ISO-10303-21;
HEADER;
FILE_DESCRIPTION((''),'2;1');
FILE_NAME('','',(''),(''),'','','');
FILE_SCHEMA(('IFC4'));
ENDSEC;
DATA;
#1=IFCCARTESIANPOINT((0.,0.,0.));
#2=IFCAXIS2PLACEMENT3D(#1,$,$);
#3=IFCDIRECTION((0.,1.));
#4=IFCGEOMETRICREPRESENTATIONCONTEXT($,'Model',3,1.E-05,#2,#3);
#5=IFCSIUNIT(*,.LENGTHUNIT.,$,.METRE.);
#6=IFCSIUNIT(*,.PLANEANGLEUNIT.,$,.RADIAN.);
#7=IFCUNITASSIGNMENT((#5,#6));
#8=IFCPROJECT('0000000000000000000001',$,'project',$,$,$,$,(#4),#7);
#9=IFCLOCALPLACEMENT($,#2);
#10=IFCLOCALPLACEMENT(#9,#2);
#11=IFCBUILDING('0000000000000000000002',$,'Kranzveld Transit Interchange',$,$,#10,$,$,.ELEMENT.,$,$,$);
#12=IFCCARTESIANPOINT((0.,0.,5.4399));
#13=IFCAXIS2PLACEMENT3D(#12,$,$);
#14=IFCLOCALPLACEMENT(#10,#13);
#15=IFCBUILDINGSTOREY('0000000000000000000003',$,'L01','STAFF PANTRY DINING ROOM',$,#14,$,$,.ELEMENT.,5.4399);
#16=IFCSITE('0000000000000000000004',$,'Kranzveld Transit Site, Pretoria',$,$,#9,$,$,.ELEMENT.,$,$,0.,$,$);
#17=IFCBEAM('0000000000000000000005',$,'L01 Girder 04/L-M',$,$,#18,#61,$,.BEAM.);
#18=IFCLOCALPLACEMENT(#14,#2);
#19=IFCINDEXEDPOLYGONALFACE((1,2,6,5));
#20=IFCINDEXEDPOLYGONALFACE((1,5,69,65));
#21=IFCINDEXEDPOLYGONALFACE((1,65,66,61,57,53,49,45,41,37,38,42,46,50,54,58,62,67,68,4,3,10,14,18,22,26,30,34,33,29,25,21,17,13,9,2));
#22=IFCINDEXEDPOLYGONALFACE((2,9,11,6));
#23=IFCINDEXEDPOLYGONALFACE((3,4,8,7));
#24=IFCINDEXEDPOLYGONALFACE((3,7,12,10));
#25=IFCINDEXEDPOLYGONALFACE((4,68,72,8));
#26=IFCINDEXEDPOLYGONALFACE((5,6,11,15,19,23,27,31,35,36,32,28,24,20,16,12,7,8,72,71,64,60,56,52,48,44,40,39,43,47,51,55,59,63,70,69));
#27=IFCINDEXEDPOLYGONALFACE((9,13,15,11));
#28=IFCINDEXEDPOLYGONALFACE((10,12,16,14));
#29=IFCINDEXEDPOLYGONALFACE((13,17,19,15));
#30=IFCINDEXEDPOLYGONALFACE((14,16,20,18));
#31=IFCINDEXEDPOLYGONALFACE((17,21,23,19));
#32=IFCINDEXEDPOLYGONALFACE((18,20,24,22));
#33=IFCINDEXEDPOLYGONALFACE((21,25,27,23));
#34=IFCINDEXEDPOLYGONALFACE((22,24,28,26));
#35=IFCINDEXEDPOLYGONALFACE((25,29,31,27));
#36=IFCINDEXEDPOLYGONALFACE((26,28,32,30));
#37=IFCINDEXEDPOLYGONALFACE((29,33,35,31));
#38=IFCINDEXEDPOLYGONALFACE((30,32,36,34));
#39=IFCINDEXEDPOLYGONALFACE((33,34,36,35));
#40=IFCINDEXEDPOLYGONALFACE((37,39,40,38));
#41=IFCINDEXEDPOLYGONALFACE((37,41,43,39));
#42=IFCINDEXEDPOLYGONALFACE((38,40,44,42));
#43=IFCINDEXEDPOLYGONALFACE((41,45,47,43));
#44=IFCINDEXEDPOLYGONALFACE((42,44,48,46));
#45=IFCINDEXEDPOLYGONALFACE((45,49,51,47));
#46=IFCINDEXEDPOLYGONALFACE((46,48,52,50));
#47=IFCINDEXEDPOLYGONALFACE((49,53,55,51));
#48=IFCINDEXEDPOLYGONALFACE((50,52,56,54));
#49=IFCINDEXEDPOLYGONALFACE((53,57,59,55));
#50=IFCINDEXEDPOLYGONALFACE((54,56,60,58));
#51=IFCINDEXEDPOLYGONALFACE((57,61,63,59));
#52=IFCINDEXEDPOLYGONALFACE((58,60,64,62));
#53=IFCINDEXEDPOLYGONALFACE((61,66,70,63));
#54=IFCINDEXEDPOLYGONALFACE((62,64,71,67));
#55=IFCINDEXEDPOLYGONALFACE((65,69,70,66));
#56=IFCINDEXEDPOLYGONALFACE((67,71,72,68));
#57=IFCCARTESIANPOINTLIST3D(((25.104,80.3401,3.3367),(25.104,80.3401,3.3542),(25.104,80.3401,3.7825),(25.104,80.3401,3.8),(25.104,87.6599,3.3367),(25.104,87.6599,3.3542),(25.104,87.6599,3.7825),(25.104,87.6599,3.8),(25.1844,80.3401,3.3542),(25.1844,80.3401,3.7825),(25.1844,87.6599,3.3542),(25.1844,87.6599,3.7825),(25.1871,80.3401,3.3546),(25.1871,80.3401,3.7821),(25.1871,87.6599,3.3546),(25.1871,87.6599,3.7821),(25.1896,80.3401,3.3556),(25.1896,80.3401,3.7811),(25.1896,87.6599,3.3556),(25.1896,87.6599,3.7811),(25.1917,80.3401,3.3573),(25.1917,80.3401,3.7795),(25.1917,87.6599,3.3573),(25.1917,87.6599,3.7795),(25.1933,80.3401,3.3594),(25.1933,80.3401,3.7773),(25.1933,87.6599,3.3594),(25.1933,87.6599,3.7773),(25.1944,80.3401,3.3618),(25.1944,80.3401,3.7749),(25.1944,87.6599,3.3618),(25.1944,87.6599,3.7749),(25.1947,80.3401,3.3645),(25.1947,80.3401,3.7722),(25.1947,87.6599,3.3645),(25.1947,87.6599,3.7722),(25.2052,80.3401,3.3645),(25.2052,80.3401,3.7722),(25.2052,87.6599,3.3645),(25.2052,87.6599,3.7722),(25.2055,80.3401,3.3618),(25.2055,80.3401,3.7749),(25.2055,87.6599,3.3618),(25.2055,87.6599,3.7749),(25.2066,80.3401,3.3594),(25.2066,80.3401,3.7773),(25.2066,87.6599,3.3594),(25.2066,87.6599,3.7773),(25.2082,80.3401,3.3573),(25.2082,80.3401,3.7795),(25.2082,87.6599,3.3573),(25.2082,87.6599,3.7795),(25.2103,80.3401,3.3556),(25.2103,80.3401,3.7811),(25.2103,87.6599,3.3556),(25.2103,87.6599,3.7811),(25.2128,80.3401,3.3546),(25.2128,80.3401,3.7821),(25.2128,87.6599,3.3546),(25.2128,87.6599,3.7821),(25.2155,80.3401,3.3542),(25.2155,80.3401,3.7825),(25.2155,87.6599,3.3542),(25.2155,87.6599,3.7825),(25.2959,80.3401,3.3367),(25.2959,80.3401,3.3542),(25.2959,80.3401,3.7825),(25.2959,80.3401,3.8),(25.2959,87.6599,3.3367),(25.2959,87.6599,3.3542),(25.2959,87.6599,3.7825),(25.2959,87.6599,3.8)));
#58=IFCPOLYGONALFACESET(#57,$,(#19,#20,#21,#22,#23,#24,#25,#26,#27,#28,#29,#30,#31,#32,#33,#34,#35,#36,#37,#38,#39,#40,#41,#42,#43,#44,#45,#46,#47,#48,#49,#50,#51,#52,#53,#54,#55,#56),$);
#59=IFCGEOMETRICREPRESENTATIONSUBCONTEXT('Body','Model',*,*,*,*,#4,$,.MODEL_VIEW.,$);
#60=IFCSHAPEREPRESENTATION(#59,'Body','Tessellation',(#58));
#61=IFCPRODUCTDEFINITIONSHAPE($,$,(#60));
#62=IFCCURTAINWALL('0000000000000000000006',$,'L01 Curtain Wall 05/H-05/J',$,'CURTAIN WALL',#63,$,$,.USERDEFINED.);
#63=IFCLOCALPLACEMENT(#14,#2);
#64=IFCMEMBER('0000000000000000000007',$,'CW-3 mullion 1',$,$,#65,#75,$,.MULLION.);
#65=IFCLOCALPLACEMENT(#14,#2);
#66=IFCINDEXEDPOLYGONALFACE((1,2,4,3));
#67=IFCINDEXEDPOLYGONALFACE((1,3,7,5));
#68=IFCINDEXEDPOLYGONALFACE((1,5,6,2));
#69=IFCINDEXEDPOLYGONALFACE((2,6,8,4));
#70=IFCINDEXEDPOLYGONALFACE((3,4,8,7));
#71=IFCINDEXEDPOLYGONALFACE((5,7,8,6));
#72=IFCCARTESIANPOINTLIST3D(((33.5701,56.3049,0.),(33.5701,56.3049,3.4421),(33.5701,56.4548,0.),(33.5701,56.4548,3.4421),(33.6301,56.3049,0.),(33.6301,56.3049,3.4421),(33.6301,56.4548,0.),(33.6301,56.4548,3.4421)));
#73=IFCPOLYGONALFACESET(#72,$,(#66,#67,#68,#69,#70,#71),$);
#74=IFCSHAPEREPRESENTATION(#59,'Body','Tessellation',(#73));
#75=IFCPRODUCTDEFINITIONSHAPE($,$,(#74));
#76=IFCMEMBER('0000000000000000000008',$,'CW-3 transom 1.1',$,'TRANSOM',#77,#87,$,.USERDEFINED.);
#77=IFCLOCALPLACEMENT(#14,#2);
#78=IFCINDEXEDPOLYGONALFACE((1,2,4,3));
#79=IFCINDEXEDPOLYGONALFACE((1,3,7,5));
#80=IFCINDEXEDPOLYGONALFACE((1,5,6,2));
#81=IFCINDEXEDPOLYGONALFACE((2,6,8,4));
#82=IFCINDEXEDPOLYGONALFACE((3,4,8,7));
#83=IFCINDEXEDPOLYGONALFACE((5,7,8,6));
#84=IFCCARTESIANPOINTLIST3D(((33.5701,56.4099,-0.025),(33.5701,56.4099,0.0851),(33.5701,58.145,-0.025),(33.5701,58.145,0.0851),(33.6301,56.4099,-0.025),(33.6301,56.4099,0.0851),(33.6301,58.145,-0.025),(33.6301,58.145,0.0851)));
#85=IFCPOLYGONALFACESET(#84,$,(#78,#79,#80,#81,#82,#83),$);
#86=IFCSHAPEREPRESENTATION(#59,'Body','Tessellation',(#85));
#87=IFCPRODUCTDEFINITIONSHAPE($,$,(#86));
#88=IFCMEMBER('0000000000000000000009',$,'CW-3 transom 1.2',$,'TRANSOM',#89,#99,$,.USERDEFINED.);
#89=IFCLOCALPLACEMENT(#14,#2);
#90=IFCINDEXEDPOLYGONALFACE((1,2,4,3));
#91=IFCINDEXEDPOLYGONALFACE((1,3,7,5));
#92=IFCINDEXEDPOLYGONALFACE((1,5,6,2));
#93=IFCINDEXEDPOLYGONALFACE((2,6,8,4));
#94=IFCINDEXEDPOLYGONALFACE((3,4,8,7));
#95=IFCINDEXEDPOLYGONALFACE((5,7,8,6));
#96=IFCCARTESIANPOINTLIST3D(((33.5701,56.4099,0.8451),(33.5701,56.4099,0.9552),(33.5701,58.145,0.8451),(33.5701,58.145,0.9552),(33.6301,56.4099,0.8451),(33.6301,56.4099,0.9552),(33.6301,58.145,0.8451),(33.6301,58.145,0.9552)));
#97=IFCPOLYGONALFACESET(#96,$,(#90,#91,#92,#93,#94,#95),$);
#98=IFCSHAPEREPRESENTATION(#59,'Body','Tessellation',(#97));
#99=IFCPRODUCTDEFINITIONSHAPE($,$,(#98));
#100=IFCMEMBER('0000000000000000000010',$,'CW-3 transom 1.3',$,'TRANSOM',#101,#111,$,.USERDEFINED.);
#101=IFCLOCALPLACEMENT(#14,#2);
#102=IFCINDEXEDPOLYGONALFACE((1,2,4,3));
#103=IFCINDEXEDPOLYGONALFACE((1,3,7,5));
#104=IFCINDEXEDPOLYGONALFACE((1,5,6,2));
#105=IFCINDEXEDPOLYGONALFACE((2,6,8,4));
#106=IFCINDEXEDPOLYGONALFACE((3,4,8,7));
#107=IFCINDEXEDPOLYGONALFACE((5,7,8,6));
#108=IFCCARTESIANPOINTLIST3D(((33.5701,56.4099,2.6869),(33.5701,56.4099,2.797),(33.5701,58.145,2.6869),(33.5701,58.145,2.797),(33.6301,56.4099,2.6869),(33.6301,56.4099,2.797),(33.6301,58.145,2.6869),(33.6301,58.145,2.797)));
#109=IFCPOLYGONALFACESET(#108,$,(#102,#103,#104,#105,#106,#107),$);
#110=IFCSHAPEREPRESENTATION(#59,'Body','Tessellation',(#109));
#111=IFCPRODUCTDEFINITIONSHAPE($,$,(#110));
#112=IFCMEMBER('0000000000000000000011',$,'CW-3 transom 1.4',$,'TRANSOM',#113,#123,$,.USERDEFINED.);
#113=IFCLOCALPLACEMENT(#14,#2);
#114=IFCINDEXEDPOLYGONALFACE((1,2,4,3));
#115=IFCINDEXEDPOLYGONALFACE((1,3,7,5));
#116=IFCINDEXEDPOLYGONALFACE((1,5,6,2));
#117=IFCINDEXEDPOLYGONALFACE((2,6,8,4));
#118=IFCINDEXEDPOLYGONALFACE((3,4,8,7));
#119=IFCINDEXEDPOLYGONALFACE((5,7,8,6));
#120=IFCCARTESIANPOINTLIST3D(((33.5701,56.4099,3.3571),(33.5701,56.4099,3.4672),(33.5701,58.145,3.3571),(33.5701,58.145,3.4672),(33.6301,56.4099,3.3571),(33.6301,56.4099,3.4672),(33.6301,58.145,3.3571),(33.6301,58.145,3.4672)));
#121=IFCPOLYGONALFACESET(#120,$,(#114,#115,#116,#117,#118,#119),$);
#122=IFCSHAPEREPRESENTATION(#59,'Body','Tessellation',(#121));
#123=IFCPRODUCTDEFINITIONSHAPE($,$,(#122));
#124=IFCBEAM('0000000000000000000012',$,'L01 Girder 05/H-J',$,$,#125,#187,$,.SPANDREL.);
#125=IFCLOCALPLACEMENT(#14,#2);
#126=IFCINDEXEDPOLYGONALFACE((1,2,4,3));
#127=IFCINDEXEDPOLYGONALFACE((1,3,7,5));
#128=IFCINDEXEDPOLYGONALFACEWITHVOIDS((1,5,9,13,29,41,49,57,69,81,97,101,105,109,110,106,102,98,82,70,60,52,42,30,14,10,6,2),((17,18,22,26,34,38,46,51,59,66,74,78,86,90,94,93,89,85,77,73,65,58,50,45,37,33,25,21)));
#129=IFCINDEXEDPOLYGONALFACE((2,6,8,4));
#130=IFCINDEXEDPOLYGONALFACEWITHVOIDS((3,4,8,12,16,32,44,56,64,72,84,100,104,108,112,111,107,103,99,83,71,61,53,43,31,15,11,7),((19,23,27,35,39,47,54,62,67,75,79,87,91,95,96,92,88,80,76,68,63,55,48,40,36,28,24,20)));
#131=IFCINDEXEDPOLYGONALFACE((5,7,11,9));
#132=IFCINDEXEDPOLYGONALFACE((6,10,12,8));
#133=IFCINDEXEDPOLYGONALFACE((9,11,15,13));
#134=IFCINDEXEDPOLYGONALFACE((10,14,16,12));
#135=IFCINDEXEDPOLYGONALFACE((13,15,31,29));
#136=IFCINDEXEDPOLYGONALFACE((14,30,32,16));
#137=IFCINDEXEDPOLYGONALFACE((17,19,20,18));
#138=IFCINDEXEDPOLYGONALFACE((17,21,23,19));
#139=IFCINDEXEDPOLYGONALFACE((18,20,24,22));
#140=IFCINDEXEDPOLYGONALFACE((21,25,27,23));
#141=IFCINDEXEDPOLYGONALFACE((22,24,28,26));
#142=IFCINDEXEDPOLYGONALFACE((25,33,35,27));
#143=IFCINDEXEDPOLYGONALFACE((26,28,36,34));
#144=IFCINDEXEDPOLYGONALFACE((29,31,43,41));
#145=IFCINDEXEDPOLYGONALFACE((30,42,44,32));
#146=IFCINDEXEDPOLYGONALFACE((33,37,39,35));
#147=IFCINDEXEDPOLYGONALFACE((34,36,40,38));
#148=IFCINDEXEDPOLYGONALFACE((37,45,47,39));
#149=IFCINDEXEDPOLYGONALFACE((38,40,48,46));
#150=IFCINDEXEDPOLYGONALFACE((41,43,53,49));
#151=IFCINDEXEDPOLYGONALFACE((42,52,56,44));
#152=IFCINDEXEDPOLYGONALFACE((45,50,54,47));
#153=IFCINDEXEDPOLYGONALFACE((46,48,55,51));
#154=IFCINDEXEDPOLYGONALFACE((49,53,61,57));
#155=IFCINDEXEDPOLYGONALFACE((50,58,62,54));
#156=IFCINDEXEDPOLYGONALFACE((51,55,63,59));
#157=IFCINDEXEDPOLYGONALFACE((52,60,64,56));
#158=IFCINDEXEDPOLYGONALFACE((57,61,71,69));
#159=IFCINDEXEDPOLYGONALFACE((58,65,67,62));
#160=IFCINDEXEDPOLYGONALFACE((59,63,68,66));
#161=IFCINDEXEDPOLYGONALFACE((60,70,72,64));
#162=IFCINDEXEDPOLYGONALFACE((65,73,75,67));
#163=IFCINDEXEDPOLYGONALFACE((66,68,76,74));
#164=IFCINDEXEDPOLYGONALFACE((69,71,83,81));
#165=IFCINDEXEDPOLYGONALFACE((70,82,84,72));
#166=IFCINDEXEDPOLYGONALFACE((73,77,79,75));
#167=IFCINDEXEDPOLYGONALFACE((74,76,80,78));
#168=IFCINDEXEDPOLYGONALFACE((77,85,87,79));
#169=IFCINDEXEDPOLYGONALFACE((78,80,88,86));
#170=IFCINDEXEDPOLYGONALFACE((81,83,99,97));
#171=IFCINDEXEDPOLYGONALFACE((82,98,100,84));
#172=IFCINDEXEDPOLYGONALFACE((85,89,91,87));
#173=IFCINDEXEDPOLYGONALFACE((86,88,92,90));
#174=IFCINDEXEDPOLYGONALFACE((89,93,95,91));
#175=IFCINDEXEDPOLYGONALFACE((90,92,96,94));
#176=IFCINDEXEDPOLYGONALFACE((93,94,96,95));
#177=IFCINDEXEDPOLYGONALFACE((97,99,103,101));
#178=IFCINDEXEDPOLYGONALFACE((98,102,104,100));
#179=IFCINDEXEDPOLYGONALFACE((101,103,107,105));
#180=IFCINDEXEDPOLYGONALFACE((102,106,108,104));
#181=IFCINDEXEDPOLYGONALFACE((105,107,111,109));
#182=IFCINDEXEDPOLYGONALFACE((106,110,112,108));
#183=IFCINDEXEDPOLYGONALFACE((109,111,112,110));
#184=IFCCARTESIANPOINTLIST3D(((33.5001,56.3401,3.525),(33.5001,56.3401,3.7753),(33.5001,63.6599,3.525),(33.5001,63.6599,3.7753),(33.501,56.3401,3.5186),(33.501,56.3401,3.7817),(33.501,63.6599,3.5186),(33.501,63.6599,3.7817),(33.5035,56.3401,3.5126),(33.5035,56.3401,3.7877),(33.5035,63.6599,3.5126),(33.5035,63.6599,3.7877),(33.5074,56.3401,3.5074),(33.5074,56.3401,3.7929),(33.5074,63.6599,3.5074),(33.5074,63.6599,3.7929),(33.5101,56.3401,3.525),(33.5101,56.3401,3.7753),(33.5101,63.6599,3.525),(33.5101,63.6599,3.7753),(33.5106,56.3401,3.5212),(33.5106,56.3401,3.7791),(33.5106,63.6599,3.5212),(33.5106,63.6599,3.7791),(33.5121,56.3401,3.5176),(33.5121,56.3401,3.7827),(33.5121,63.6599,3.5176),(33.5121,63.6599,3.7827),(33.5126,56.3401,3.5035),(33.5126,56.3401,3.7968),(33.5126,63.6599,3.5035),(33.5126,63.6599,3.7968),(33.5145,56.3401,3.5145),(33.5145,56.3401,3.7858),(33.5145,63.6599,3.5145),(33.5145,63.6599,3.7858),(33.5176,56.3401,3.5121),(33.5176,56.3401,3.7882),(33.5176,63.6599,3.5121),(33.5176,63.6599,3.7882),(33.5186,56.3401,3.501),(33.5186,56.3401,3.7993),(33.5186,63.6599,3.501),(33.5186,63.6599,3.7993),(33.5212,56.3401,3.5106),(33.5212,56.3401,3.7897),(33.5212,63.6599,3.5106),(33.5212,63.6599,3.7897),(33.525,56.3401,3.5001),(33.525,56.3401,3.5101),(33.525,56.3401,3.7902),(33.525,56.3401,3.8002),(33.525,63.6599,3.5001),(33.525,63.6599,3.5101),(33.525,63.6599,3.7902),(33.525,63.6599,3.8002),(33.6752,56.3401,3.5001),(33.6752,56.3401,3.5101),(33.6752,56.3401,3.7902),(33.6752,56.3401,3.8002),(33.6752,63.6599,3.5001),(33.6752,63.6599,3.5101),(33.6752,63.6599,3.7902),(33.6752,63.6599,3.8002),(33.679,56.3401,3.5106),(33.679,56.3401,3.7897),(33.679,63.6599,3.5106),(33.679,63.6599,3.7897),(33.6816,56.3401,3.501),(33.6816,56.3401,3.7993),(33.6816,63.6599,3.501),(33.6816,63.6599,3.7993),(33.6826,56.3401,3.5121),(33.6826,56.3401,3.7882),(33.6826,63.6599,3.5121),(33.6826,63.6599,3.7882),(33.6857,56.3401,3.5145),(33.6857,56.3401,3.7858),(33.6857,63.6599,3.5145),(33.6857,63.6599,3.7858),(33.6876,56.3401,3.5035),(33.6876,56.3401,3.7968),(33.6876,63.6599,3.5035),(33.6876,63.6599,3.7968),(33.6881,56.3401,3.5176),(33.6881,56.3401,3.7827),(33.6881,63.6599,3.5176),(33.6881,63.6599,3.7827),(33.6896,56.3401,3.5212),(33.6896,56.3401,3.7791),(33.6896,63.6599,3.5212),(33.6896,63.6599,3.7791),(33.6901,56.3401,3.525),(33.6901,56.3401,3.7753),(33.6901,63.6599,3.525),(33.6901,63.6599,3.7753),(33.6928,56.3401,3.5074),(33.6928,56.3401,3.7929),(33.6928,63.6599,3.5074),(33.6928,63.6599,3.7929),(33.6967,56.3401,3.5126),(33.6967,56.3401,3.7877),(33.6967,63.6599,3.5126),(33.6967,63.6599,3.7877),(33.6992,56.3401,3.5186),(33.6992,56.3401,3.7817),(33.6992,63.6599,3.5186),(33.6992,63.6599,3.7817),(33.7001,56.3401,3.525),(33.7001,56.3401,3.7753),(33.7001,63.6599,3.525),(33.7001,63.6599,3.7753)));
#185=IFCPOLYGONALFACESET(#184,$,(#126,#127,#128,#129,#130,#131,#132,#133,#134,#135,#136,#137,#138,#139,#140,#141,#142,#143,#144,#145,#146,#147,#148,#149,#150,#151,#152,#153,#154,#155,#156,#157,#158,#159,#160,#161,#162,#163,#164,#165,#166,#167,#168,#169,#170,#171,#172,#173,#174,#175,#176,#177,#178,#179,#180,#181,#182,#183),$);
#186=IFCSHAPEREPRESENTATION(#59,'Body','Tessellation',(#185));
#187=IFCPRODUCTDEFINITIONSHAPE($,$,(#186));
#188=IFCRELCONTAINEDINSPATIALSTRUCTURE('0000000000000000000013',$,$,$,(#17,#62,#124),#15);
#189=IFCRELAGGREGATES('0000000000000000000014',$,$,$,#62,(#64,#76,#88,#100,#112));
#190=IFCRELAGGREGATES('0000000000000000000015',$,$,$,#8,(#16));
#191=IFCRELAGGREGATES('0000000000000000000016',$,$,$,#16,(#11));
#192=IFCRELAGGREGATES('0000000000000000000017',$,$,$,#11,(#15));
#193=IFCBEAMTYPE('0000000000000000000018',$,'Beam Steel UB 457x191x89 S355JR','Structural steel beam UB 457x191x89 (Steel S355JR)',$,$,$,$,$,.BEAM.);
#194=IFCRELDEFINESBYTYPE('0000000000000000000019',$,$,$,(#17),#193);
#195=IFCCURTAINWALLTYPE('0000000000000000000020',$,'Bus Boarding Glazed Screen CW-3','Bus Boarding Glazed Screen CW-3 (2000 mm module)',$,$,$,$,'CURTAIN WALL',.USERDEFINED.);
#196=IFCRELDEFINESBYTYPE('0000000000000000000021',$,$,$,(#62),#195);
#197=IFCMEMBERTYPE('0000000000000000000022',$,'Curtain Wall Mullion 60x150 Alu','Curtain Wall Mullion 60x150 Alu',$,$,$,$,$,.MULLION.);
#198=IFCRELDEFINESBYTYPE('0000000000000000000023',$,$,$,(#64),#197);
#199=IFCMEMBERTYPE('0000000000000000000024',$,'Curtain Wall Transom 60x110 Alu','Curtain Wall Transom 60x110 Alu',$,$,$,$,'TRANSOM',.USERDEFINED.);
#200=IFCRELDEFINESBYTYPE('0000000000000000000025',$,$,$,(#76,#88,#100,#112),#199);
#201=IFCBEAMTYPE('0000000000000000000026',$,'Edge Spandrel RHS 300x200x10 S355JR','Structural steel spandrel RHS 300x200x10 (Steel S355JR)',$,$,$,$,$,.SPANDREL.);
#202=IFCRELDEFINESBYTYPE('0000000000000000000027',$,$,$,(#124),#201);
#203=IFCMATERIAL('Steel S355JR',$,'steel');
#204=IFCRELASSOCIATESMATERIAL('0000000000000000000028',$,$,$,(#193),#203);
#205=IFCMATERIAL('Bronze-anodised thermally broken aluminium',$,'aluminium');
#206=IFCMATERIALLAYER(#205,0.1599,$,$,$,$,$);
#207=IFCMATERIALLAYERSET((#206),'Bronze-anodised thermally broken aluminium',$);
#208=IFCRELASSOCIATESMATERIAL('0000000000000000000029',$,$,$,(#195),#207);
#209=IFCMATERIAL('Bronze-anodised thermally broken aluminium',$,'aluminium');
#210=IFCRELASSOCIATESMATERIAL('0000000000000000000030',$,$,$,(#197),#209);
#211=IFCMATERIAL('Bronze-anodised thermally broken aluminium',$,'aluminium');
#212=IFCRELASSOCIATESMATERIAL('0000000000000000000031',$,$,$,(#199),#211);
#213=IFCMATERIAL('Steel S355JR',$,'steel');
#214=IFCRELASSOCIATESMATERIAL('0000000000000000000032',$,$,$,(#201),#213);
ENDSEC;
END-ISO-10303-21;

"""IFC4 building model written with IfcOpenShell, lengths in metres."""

from ifc_helpers import new_model, si_unit, direction, frame, origin, origin_2d, place, context, subcontext, project, spatial, rectangle, hollow_rectangle, i_section, extrude, material, layer, layer_set, material_profile, profile_set, type_object, element, aggregate, save


model = new_model("IFC4")

# Units and contexts
model_context = context("Model", 3, precision=1e-05, world=origin(), true_north=direction((0.0, 1.0)))
body_context = subcontext(model_context, "Body", "Model", "MODEL_VIEW")
ifc_project = project(units=[si_unit("LENGTHUNIT", "METRE"), si_unit("PLANEANGLEUNIT", "RADIAN")], contexts=[model_context])

# Site, building, storey
site_placement = place(None, origin())
site = spatial("IfcSite", under=ifc_project, at=site_placement, Name="Kranzveld Transit Site, Pretoria", CompositionType="ELEMENT", RefElevation=0.0)
building_placement = place(site_placement, origin())
building = spatial("IfcBuilding", under=site, at=building_placement, Name="Kranzveld Transit Interchange", CompositionType="ELEMENT")
storey_placement = place(building_placement, frame((0.0, 0.0, 5.4399)))
storey = spatial("IfcBuildingStorey", under=building, at=storey_placement, Name="L01", Description="STAFF PANTRY DINING ROOM", CompositionType="ELEMENT", Elevation=5.4399)

# Beam
ifc_material_1 = material(Name="Steel S355JR", Category="steel")
ifc_material_profile_1 = material_profile(ifc_material_1, i_section(OverallWidth=0.1919, OverallDepth=0.4634, WebThickness=0.0105, FlangeThickness=0.0176, FilletRadius=0.0103, at=origin_2d()), Name="UB 457x191x89")
ifc_profile_set_1 = profile_set([ifc_material_profile_1], Name="Steel S355JR")
beam_type_1 = type_object("IfcBeamType", Name="Beam Steel UB 457x191x89 S355JR", Description="Structural steel beam UB 457x191x89 (Steel S355JR)", PredefinedType="BEAM", material=ifc_profile_set_1)
for number, where, z_axis, x_axis, name in (
    (1, (25.2, 80.3401, 3.5684), (0.0, 1.0, 0.0), (-1.0, 0.0, 0.0), "L01 Girder 04/L-M"),
):
    element("IfcBeam", number, at=place(storey_placement, frame(where, z_axis=z_axis, x_axis=x_axis)), inside=storey, type_object=beam_type_1, Name=name, PredefinedType="BEAM", context=body_context, shape_type="SweptSolid", body=[
        extrude(i_section(OverallWidth=0.1919, OverallDepth=0.4634, WebThickness=0.0105, FlangeThickness=0.0176, FilletRadius=0.0103, at=origin_2d()), origin(), (0.0, 0.0, 1.0), 7.3198),
    ])

# Curtain wall, members
ifc_material_2 = material(Name="Bronze-anodised thermally broken aluminium", Category="aluminium")
ifc_layer_1 = layer(ifc_material_2, 0.1599)
ifc_layer_set_1 = layer_set([ifc_layer_1], Name="Bronze-anodised thermally broken aluminium")
curtain_wall_type = type_object("IfcCurtainWallType", Name="Bus Boarding Glazed Screen CW-3", Description="Bus Boarding Glazed Screen CW-3 (2000 mm module)", ElementType="CURTAIN WALL", PredefinedType="USERDEFINED", material=ifc_layer_set_1)
curtain_wall_placement = place(storey_placement, origin())
curtain_wall = element("IfcCurtainWall", 2, at=curtain_wall_placement, inside=storey, type_object=curtain_wall_type, Name="L01 Curtain Wall 05/H-05/J", ObjectType="CURTAIN WALL", PredefinedType="USERDEFINED")
ifc_material_3 = material(Name="Bronze-anodised thermally broken aluminium", Category="aluminium")
ifc_material_profile_2 = material_profile(ifc_material_3, rectangle(XDim=0.0601, YDim=0.1499, at=origin_2d()), Name="ALU MULLION 60x150")
ifc_profile_set_2 = profile_set([ifc_material_profile_2], Name="Bronze-anodised thermally broken aluminium")
member_type_1 = type_object("IfcMemberType", Name="Curtain Wall Mullion 60x150 Alu", Description="Curtain Wall Mullion 60x150 Alu", PredefinedType="MULLION", material=ifc_profile_set_2)
member_1_placement = place(storey_placement, frame((33.6001, 56.3799, 0.0), z_axis=(0.0, 0.0, 1.0), x_axis=(-1.0, 0.0, 0.0)))
member_1 = element("IfcMember", 3, at=member_1_placement, type_object=member_type_1, Name="CW-3 mullion 1", PredefinedType="MULLION", context=body_context, shape_type="SweptSolid", body=[
    extrude(rectangle(XDim=0.0601, YDim=0.1499, at=origin_2d()), origin(), (0.0, 0.0, 1.0), 3.4421),
])
ifc_material_4 = material(Name="Bronze-anodised thermally broken aluminium", Category="aluminium")
ifc_material_profile_3 = material_profile(ifc_material_4, rectangle(XDim=0.0601, YDim=0.1101, at=origin_2d()), Name="ALU TRANSOM 60x110")
ifc_profile_set_3 = profile_set([ifc_material_profile_3], Name="Bronze-anodised thermally broken aluminium")
member_type_2 = type_object("IfcMemberType", Name="Curtain Wall Transom 60x110 Alu", Description="Curtain Wall Transom 60x110 Alu", ElementType="TRANSOM", PredefinedType="USERDEFINED", material=ifc_profile_set_3)
member_2_placement = place(storey_placement, frame((33.6001, 56.4099, 0.03), z_axis=(0.0, 1.0, 0.0), x_axis=(-1.0, 0.0, 0.0)))
member_2 = element("IfcMember", 4, at=member_2_placement, type_object=member_type_2, Name="CW-3 transom 1.1", ObjectType="TRANSOM", PredefinedType="USERDEFINED", context=body_context, shape_type="SweptSolid", body=[
    extrude(rectangle(XDim=0.0601, YDim=0.1101, at=origin_2d()), origin(), (0.0, 0.0, 1.0), 1.7351),
])
member_3_placement = place(storey_placement, frame((33.6001, 56.4099, 0.9001), z_axis=(0.0, 1.0, 0.0), x_axis=(-1.0, 0.0, 0.0)))
member_3 = element("IfcMember", 5, at=member_3_placement, type_object=member_type_2, Name="CW-3 transom 1.2", ObjectType="TRANSOM", PredefinedType="USERDEFINED", context=body_context, shape_type="SweptSolid", body=[
    extrude(rectangle(XDim=0.0601, YDim=0.1101, at=origin_2d()), origin(), (0.0, 0.0, 1.0), 1.7351),
])
member_4_placement = place(storey_placement, frame((33.6001, 56.4099, 2.7419), z_axis=(0.0, 1.0, 0.0), x_axis=(-1.0, 0.0, 0.0)))
member_4 = element("IfcMember", 6, at=member_4_placement, type_object=member_type_2, Name="CW-3 transom 1.3", ObjectType="TRANSOM", PredefinedType="USERDEFINED", context=body_context, shape_type="SweptSolid", body=[
    extrude(rectangle(XDim=0.0601, YDim=0.1101, at=origin_2d()), origin(), (0.0, 0.0, 1.0), 1.7351),
])
member_5_placement = place(storey_placement, frame((33.6001, 56.4099, 3.4121), z_axis=(0.0, 1.0, 0.0), x_axis=(-1.0, 0.0, 0.0)))
member_5 = element("IfcMember", 7, at=member_5_placement, type_object=member_type_2, Name="CW-3 transom 1.4", ObjectType="TRANSOM", PredefinedType="USERDEFINED", context=body_context, shape_type="SweptSolid", body=[
    extrude(rectangle(XDim=0.0601, YDim=0.1101, at=origin_2d()), origin(), (0.0, 0.0, 1.0), 1.7351),
])

# Beam
ifc_material_5 = material(Name="Steel S355JR", Category="steel")
ifc_material_profile_4 = material_profile(ifc_material_5, hollow_rectangle(XDim=0.2, YDim=0.3, WallThickness=0.01, InnerFilletRadius=0.0149, OuterFilletRadius=0.0249, at=origin_2d()), Name="RHS 300x200x10")
ifc_profile_set_4 = profile_set([ifc_material_profile_4], Name="Steel S355JR")
beam_type_2 = type_object("IfcBeamType", Name="Edge Spandrel RHS 300x200x10 S355JR", Description="Structural steel spandrel RHS 300x200x10 (Steel S355JR)", PredefinedType="SPANDREL", material=ifc_profile_set_4)
beam_placement = place(storey_placement, frame((33.6001, 56.3401, 3.6501), z_axis=(0.0, 1.0, 0.0), x_axis=(-1.0, 0.0, 0.0)))
element("IfcBeam", 8, at=beam_placement, inside=storey, type_object=beam_type_2, Name="L01 Girder 05/H-J", PredefinedType="SPANDREL", context=body_context, shape_type="SweptSolid", body=[
    extrude(hollow_rectangle(XDim=0.2, YDim=0.3, WallThickness=0.01, InnerFilletRadius=0.0149, OuterFilletRadius=0.0249, at=origin_2d()), origin(), (0.0, 0.0, 1.0), 7.3198),
])

aggregate(curtain_wall, [member_1, member_2, member_3, member_4, member_5])

save(model, "model.ifc")
